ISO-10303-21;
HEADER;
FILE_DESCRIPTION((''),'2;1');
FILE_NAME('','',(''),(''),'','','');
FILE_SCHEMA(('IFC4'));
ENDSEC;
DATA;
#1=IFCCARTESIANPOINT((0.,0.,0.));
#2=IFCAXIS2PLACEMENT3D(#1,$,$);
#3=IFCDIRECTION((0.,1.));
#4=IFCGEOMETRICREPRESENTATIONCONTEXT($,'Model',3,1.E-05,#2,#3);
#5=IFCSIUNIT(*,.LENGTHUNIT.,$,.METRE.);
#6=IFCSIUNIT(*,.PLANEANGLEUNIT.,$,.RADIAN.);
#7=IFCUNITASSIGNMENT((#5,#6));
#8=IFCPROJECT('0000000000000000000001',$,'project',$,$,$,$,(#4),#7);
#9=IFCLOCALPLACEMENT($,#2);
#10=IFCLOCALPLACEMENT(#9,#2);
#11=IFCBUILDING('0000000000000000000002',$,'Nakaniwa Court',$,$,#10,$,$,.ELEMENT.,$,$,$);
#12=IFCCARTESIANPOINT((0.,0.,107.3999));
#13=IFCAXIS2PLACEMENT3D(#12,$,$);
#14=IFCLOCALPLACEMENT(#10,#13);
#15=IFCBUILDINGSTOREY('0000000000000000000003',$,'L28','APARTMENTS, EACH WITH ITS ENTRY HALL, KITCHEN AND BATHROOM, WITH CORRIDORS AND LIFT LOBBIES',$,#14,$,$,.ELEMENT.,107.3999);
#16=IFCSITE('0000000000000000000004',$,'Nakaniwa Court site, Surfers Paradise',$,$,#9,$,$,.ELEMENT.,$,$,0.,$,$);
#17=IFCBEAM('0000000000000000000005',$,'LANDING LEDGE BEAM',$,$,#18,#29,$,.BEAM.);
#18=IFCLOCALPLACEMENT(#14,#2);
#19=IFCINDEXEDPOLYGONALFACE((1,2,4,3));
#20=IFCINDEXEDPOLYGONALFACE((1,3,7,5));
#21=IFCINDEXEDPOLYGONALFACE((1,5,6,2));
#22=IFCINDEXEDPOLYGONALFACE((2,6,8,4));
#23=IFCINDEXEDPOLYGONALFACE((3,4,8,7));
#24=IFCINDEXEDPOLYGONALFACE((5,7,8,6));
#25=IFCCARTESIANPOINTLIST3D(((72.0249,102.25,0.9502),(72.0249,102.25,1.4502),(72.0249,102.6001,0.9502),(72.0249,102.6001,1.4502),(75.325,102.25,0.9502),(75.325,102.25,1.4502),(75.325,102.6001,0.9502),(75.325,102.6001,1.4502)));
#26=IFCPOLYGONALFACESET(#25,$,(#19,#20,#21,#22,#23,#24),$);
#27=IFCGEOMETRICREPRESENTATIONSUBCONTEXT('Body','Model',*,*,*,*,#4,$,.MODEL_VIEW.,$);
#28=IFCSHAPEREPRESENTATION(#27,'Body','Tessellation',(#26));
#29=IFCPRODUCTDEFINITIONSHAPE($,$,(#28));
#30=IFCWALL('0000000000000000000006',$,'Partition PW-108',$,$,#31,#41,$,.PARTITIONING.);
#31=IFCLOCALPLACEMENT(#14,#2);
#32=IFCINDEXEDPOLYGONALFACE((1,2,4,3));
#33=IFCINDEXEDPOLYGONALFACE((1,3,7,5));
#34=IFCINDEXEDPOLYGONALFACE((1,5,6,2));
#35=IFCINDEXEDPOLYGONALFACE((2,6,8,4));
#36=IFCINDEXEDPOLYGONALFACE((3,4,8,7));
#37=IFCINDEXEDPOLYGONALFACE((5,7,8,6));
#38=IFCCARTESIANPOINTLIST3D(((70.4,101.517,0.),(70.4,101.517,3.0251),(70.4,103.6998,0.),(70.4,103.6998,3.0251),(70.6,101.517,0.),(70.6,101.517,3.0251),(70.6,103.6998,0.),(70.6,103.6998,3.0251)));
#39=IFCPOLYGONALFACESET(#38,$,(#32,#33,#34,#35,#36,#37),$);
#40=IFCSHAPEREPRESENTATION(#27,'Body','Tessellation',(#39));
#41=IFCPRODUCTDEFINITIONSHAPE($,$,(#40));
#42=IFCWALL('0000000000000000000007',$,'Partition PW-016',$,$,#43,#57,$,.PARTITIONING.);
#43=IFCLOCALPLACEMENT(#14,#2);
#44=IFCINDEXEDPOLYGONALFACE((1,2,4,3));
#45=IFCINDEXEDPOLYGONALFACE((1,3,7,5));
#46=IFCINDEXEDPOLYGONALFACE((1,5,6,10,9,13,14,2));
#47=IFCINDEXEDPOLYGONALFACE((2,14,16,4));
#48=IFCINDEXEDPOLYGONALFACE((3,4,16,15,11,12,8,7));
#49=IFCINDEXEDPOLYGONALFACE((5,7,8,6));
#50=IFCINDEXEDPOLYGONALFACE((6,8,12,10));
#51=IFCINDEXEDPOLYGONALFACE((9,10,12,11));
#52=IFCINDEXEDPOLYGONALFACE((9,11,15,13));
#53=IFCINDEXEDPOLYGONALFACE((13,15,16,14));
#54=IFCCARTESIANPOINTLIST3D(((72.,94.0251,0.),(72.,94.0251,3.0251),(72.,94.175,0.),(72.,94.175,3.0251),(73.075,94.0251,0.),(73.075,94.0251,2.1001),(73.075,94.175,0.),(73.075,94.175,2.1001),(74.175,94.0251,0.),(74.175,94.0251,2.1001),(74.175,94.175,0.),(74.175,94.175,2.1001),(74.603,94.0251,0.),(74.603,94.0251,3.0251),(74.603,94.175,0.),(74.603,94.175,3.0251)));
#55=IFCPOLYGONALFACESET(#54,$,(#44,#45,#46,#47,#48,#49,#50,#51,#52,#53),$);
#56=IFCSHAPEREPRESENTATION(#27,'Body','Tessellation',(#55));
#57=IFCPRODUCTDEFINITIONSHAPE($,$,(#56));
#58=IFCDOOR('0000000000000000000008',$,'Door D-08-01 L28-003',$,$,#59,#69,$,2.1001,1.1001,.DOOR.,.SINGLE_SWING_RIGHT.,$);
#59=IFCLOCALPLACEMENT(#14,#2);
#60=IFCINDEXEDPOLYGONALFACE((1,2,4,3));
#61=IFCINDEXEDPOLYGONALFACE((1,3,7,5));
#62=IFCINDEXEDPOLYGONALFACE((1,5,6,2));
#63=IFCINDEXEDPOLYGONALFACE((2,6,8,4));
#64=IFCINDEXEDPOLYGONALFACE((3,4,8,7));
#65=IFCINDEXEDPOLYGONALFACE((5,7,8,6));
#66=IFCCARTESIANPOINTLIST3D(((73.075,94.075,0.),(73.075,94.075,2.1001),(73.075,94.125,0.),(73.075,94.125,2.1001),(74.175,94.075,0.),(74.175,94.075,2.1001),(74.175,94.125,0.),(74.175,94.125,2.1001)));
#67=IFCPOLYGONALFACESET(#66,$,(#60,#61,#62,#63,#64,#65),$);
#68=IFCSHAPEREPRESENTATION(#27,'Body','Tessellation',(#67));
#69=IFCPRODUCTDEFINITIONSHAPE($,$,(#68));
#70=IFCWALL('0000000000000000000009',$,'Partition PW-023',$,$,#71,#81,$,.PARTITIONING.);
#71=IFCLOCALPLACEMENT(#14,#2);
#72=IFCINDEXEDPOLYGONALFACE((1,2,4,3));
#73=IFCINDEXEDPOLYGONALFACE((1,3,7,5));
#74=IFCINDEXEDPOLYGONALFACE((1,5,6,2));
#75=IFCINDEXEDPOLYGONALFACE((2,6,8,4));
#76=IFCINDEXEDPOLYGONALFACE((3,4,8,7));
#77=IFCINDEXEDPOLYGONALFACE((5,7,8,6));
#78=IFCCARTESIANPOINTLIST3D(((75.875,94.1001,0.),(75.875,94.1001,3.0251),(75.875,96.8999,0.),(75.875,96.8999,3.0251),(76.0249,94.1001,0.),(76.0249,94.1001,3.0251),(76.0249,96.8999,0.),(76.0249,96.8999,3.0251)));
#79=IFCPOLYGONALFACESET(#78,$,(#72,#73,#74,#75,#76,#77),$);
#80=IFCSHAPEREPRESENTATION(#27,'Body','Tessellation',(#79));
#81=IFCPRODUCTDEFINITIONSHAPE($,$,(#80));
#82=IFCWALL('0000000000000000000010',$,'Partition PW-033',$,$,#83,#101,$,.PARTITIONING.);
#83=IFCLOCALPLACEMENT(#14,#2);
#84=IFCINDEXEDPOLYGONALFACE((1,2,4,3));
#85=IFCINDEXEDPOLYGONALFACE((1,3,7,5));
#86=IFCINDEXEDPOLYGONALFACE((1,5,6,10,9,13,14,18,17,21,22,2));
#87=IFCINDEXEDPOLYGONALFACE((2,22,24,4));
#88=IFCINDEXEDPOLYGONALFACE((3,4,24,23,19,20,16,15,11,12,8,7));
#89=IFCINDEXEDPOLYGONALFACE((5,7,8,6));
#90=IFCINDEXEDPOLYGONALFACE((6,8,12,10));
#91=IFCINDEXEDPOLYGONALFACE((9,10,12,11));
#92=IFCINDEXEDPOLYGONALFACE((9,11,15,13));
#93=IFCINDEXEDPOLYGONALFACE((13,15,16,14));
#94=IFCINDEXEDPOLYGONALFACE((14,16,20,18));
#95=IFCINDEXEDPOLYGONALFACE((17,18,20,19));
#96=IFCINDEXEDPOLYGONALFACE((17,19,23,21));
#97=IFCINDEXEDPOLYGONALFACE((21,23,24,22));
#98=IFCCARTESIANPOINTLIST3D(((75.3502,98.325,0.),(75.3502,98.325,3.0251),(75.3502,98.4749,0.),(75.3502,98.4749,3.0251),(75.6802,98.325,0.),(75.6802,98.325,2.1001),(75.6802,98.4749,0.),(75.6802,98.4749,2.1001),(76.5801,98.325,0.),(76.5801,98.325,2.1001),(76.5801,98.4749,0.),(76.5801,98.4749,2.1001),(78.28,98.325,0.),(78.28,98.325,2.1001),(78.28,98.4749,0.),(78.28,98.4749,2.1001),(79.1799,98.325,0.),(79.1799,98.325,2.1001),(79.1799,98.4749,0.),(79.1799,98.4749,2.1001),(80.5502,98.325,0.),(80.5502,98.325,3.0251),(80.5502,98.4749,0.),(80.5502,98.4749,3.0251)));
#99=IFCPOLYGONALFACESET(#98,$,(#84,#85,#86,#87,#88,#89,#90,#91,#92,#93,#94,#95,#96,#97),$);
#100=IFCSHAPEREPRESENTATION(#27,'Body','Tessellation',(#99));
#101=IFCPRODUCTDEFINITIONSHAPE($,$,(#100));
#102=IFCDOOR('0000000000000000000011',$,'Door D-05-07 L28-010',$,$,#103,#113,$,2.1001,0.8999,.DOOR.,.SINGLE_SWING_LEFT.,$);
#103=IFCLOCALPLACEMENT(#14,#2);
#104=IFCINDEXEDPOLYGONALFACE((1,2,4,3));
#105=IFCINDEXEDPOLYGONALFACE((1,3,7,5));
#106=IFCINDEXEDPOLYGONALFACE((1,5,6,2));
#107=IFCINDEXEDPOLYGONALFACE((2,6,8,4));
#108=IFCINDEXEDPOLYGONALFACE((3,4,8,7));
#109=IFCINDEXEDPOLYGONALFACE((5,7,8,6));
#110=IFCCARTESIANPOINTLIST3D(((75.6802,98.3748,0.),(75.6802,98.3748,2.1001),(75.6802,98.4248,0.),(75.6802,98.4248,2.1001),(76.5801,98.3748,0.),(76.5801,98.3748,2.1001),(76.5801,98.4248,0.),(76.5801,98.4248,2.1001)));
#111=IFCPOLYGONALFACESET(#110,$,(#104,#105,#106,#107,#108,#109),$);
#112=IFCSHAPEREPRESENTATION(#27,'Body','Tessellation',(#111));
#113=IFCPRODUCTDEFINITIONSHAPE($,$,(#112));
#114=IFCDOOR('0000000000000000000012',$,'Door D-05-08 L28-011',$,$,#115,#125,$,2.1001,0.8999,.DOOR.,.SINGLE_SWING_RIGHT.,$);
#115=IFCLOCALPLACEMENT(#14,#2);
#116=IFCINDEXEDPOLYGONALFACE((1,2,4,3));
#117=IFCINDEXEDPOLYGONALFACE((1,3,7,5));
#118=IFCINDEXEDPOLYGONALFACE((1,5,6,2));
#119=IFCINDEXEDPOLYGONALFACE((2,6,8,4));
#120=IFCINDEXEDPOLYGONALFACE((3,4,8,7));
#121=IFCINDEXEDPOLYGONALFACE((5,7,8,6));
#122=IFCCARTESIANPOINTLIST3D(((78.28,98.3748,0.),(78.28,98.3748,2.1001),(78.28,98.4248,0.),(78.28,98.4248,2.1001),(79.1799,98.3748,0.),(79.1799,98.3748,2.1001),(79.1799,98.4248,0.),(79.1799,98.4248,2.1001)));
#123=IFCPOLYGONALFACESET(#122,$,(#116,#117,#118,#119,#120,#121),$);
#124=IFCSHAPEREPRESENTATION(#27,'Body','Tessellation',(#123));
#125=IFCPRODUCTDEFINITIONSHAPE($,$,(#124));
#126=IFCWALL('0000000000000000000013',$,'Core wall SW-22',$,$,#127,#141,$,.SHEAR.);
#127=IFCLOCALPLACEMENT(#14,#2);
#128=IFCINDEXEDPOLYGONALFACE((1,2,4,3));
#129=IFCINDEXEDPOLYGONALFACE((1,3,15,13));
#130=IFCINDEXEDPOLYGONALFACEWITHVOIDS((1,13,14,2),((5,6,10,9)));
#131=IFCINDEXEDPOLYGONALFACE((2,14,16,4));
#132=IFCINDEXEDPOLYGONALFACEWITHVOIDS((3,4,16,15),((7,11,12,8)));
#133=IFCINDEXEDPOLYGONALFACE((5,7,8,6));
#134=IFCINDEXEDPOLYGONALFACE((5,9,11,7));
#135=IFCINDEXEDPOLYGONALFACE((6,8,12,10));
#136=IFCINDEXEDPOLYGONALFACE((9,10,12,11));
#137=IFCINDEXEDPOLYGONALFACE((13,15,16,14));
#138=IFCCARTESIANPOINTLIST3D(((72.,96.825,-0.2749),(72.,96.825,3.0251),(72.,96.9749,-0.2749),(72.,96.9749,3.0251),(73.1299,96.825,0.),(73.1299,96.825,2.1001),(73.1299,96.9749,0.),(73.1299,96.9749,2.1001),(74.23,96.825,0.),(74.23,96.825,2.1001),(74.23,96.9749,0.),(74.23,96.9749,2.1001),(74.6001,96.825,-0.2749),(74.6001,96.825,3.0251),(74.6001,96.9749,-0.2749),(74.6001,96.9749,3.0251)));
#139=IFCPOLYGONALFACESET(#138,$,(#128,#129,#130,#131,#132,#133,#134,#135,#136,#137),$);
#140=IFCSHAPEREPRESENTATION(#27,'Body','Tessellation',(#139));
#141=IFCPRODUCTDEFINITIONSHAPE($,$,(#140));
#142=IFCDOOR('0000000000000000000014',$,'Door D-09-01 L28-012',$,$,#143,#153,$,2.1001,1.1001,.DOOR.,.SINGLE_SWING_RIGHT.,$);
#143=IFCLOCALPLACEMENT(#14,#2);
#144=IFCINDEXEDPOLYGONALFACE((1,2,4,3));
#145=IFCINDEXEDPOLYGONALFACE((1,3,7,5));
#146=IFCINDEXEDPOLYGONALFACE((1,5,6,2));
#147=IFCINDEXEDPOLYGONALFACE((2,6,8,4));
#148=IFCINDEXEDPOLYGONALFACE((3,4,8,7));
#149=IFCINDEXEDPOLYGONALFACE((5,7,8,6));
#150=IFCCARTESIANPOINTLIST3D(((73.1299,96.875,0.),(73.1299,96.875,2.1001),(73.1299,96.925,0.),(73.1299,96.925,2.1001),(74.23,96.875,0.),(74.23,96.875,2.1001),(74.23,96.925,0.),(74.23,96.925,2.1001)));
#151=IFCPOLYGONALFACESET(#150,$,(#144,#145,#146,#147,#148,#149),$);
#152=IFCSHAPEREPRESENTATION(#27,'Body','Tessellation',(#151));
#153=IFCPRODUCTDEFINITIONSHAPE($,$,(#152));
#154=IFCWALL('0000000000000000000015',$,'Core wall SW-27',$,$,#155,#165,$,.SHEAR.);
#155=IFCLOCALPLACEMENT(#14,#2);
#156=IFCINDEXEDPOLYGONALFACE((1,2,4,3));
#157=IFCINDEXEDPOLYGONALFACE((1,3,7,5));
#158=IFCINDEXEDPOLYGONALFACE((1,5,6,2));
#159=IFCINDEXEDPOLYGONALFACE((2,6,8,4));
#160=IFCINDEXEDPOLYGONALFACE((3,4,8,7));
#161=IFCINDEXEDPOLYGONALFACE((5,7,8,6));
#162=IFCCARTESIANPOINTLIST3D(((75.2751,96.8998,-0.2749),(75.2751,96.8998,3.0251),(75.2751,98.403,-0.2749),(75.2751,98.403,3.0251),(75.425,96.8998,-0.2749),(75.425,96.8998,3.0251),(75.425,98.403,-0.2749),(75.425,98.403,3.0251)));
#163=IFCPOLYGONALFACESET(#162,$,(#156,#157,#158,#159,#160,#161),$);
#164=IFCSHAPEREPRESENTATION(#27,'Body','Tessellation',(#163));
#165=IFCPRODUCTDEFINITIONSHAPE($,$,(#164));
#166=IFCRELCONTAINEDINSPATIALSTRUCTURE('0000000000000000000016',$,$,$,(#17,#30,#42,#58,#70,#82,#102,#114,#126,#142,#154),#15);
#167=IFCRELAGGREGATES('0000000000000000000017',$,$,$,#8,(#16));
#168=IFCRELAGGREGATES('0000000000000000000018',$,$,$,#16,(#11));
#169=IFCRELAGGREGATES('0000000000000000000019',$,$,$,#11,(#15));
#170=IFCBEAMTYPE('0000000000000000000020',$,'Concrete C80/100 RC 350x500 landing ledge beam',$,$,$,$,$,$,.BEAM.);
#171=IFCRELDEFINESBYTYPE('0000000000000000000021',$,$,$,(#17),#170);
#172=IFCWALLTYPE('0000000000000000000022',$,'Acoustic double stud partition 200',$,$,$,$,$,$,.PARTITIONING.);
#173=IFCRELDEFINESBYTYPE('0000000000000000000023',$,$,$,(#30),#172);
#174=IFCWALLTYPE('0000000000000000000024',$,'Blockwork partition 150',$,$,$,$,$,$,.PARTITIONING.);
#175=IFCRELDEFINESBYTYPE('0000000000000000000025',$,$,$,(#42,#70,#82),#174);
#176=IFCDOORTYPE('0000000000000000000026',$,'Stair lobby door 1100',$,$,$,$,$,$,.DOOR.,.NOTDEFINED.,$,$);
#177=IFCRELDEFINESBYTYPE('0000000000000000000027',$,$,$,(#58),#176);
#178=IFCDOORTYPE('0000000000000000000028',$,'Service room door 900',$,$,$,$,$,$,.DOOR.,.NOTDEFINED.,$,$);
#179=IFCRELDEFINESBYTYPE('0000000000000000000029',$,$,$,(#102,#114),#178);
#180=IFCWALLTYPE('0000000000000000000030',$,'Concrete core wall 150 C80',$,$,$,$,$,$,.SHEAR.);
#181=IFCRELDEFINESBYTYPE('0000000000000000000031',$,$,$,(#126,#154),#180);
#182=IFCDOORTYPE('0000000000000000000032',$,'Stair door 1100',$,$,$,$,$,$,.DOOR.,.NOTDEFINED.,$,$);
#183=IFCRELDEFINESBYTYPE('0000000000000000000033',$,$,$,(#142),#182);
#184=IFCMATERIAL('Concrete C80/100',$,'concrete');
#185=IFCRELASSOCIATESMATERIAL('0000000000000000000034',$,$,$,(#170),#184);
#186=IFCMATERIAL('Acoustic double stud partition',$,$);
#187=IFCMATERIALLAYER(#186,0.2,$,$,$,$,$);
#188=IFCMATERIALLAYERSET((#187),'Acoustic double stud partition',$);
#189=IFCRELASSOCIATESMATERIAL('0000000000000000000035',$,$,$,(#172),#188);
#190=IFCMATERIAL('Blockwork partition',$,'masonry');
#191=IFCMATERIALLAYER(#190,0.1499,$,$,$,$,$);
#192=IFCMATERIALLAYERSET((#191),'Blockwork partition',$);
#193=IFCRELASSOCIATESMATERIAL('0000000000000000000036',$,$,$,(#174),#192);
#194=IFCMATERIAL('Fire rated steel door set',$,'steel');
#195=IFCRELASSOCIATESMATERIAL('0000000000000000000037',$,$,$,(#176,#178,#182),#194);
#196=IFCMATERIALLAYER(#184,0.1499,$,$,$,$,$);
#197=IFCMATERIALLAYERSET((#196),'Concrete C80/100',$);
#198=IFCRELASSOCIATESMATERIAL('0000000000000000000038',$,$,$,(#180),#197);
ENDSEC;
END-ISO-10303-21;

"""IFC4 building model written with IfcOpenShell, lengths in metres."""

from ifc_helpers import new_model, si_unit, direction, frame, frame_2d, origin, origin_2d, place, context, subcontext, project, spatial, rectangle, extrude, material, layer, layer_set, material_profile, profile_set, type_object, element, fill, save


model = new_model("IFC4")

# Units and contexts
model_context = context("Model", 3, precision=1e-05, world=origin(), true_north=direction((0.0, 1.0)))
body_context = subcontext(model_context, "Body", "Model", "MODEL_VIEW")
ifc_project = project(units=[si_unit("LENGTHUNIT", "METRE"), si_unit("PLANEANGLEUNIT", "RADIAN")], contexts=[model_context])

# Site, building, storey
site_placement = place(None, origin())
site = spatial("IfcSite", under=ifc_project, at=site_placement, Name="Nakaniwa Court site, Surfers Paradise", CompositionType="ELEMENT", RefElevation=0.0)
building_placement = place(site_placement, origin())
building = spatial("IfcBuilding", under=site, at=building_placement, Name="Nakaniwa Court", CompositionType="ELEMENT")
storey_placement = place(building_placement, frame((0.0, 0.0, 107.3999)))
storey = spatial("IfcBuildingStorey", under=building, at=storey_placement, Name="L28", Description="APARTMENTS, EACH WITH ITS ENTRY HALL, KITCHEN AND BATHROOM, WITH CORRIDORS AND LIFT LOBBIES", CompositionType="ELEMENT", Elevation=107.3999)

# Beam
ifc_material_1 = material(Name="Concrete C80/100", Category="concrete")
ifc_material_profile = material_profile(ifc_material_1, rectangle(XDim=0.3501, YDim=0.5, at=origin_2d()), Name="Concrete C80/100 RC 350x500 landing ledge beam")
ifc_profile_set = profile_set([ifc_material_profile], Name="Concrete C80/100")
beam_type = type_object("IfcBeamType", Name="Concrete C80/100 RC 350x500 landing ledge beam", PredefinedType="BEAM", material=ifc_profile_set)
beam_placement = place(storey_placement, frame((72.0249, 102.425, 1.2002), z_axis=(1.0, 0.0, 0.0), x_axis=(0.0, 1.0, 0.0)))
element("IfcBeam", 1, at=beam_placement, inside=storey, type_object=beam_type, Name="LANDING LEDGE BEAM", PredefinedType="BEAM", context=body_context, shape_type="SweptSolid", body=[
    extrude(rectangle(XDim=0.3501, YDim=0.5, at=origin_2d()), origin(), (0.0, 0.0, 1.0), 3.3),
])

# Wall
ifc_material_2 = material(Name="Acoustic double stud partition")
ifc_layer_1 = layer(ifc_material_2, 0.2)
ifc_layer_set_1 = layer_set([ifc_layer_1], Name="Acoustic double stud partition")
wall_type_1 = type_object("IfcWallType", Name="Acoustic double stud partition 200", PredefinedType="PARTITIONING", material=ifc_layer_set_1)
wall_1_placement = place(storey_placement, frame((70.5, 101.5171, 0.0), z_axis=(0.0, 0.0, 1.0), x_axis=(0.0, 1.0, 0.0)))
element("IfcWall", 2, at=wall_1_placement, inside=storey, type_object=wall_type_1, Name="Partition PW-108", PredefinedType="PARTITIONING", context=body_context, shape_type="SweptSolid", body=[
    extrude(rectangle(XDim=2.1829, YDim=0.2, at=frame_2d((1.0913, 0.0))), origin(), (0.0, 0.0, 1.0), 3.0251),
])

# Wall, opening, door
ifc_material_3 = material(Name="Blockwork partition", Category="masonry")
ifc_layer_2 = layer(ifc_material_3, 0.1499)
ifc_layer_set_2 = layer_set([ifc_layer_2], Name="Blockwork partition")
wall_type_2 = type_object("IfcWallType", Name="Blockwork partition 150", PredefinedType="PARTITIONING", material=ifc_layer_set_2)
wall_2_placement = place(storey_placement, frame((72.0, 94.1001, 0.0), z_axis=(0.0, 0.0, 1.0), x_axis=(1.0, 0.0, 0.0)))
wall_2 = element("IfcWall", 3, at=wall_2_placement, inside=storey, type_object=wall_type_2, Name="Partition PW-016", PredefinedType="PARTITIONING", context=body_context, shape_type="SweptSolid", body=[
    extrude(rectangle(XDim=2.603, YDim=0.1499, at=frame_2d((1.3015, 0.0))), origin(), (0.0, 0.0, 1.0), 3.0251),
])
opening_1_placement = place(wall_2_placement, frame((1.075, 0.0, 0.0)))
opening_1 = element("IfcOpeningElement", 4, at=opening_1_placement, cuts=wall_2, PredefinedType="OPENING", context=body_context, shape_type="SweptSolid", body=[
    extrude(rectangle(XDim=1.1001, YDim=2.1001, at=frame_2d((0.55, 1.05))), frame((0.0, 0.085, 0.0), z_axis=(0.0, -1.0, 0.0), x_axis=(1.0, 0.0, 0.0)), (0.0, 0.0, 1.0), 0.1699),
])
ifc_material_4 = material(Name="Fire rated steel door set", Category="steel")
door_type_1 = type_object("IfcDoorType", Name="Stair lobby door 1100", OperationType="NOTDEFINED", PredefinedType="DOOR", material=ifc_material_4)
door_1_placement = place(opening_1_placement, origin())
door_1 = element("IfcDoor", 5, at=door_1_placement, inside=storey, type_object=door_type_1, Name="Door D-08-01 L28-003", OperationType="SINGLE_SWING_RIGHT", OverallHeight=2.1001, OverallWidth=1.1001, PredefinedType="DOOR", context=body_context, shape_type="SweptSolid", body=[
    extrude(rectangle(XDim=1.1001, YDim=2.1001, at=frame_2d((0.55, 1.05))), frame((0.0, 0.0249, 0.0), z_axis=(0.0, -1.0, 0.0), x_axis=(1.0, 0.0, 0.0)), (0.0, 0.0, 1.0), 0.05),
])
fill(opening_1, door_1)

# Wall
wall_3_placement = place(storey_placement, frame((75.95, 94.1001, 0.0), z_axis=(0.0, 0.0, 1.0), x_axis=(0.0, 1.0, 0.0)))
element("IfcWall", 6, at=wall_3_placement, inside=storey, type_object=wall_type_2, Name="Partition PW-023", PredefinedType="PARTITIONING", context=body_context, shape_type="SweptSolid", body=[
    extrude(rectangle(XDim=2.7998, YDim=0.1499, at=frame_2d((1.3999, 0.0))), origin(), (0.0, 0.0, 1.0), 3.0251),
])

# Wall, openings, doors
wall_4_placement = place(storey_placement, frame((75.3501, 98.3999, 0.0), z_axis=(0.0, 0.0, 1.0), x_axis=(1.0, 0.0, 0.0)))
wall_4 = element("IfcWall", 7, at=wall_4_placement, inside=storey, type_object=wall_type_2, Name="Partition PW-033", PredefinedType="PARTITIONING", context=body_context, shape_type="SweptSolid", body=[
    extrude(rectangle(XDim=5.2, YDim=0.1499, at=frame_2d((2.6001, 0.0))), origin(), (0.0, 0.0, 1.0), 3.0251),
])
opening_2_placement = place(wall_4_placement, frame((0.3301, 0.0, 0.0)))
opening_2 = element("IfcOpeningElement", 8, at=opening_2_placement, cuts=wall_4, PredefinedType="OPENING", context=body_context, shape_type="SweptSolid", body=[
    extrude(rectangle(XDim=0.8999, YDim=2.1001, at=frame_2d((0.45, 1.05))), frame((0.0, 0.085, 0.0), z_axis=(0.0, -1.0, 0.0), x_axis=(1.0, 0.0, 0.0)), (0.0, 0.0, 1.0), 0.1699),
])
opening_3_placement = place(wall_4_placement, frame((2.9299, 0.0, 0.0)))
opening_3 = element("IfcOpeningElement", 9, at=opening_3_placement, cuts=wall_4, PredefinedType="OPENING", context=body_context, shape_type="SweptSolid", body=[
    extrude(rectangle(XDim=0.8999, YDim=2.1001, at=frame_2d((0.45, 1.05))), frame((0.0, 0.085, 0.0), z_axis=(0.0, -1.0, 0.0), x_axis=(1.0, 0.0, 0.0)), (0.0, 0.0, 1.0), 0.1699),
])
door_type_2 = type_object("IfcDoorType", Name="Service room door 900", OperationType="NOTDEFINED", PredefinedType="DOOR", material=ifc_material_4)
door_2_placement = place(opening_2_placement, origin())
door_2 = element("IfcDoor", 10, at=door_2_placement, inside=storey, type_object=door_type_2, Name="Door D-05-07 L28-010", OperationType="SINGLE_SWING_LEFT", OverallHeight=2.1001, OverallWidth=0.8999, PredefinedType="DOOR", context=body_context, shape_type="SweptSolid", body=[
    extrude(rectangle(XDim=0.8999, YDim=2.1001, at=frame_2d((0.45, 1.05))), frame((0.0, 0.0249, 0.0), z_axis=(0.0, -1.0, 0.0), x_axis=(1.0, 0.0, 0.0)), (0.0, 0.0, 1.0), 0.05),
])
fill(opening_2, door_2)
door_3_placement = place(opening_3_placement, origin())
door_3 = element("IfcDoor", 11, at=door_3_placement, inside=storey, type_object=door_type_2, Name="Door D-05-08 L28-011", OperationType="SINGLE_SWING_RIGHT", OverallHeight=2.1001, OverallWidth=0.8999, PredefinedType="DOOR", context=body_context, shape_type="SweptSolid", body=[
    extrude(rectangle(XDim=0.8999, YDim=2.1001, at=frame_2d((0.45, 1.05))), frame((0.0, 0.0249, 0.0), z_axis=(0.0, -1.0, 0.0), x_axis=(1.0, 0.0, 0.0)), (0.0, 0.0, 1.0), 0.05),
])
fill(opening_3, door_3)

# Wall, opening, door
ifc_layer_3 = layer(ifc_material_1, 0.1499)
ifc_layer_set_3 = layer_set([ifc_layer_3], Name="Concrete C80/100")
wall_type_3 = type_object("IfcWallType", Name="Concrete core wall 150 C80", PredefinedType="SHEAR", material=ifc_layer_set_3)
wall_5_placement = place(storey_placement, frame((74.6001, 96.8999, -0.2749), z_axis=(0.0, 0.0, 1.0), x_axis=(-1.0, 0.0, 0.0)))
wall_5 = element("IfcWall", 12, at=wall_5_placement, inside=storey, type_object=wall_type_3, Name="Core wall SW-22", PredefinedType="SHEAR", context=body_context, shape_type="SweptSolid", body=[
    extrude(rectangle(XDim=2.6001, YDim=0.1499, at=frame_2d((1.3, 0.0))), origin(), (0.0, 0.0, 1.0), 3.3),
])
opening_4_placement = place(wall_5_placement, frame((0.3701, 0.0, 0.2749)))
opening_4 = element("IfcOpeningElement", 13, at=opening_4_placement, cuts=wall_5, PredefinedType="OPENING", context=body_context, shape_type="SweptSolid", body=[
    extrude(rectangle(XDim=1.1001, YDim=2.1001, at=frame_2d((0.55, 1.05))), frame((0.0, 0.085, 0.0), z_axis=(0.0, -1.0, 0.0), x_axis=(1.0, 0.0, 0.0)), (0.0, 0.0, 1.0), 0.1699),
])
door_type_3 = type_object("IfcDoorType", Name="Stair door 1100", OperationType="NOTDEFINED", PredefinedType="DOOR", material=ifc_material_4)
door_4_placement = place(opening_4_placement, origin())
door_4 = element("IfcDoor", 14, at=door_4_placement, inside=storey, type_object=door_type_3, Name="Door D-09-01 L28-012", OperationType="SINGLE_SWING_RIGHT", OverallHeight=2.1001, OverallWidth=1.1001, PredefinedType="DOOR", context=body_context, shape_type="SweptSolid", body=[
    extrude(rectangle(XDim=1.1001, YDim=2.1001, at=frame_2d((0.55, 1.05))), frame((0.0, 0.0249, 0.0), z_axis=(0.0, -1.0, 0.0), x_axis=(1.0, 0.0, 0.0)), (0.0, 0.0, 1.0), 0.05),
])
fill(opening_4, door_4)

# Wall
wall_6_placement = place(storey_placement, frame((75.3501, 96.8999, -0.2749), z_axis=(0.0, 0.0, 1.0), x_axis=(0.0, 1.0, 0.0)))
element("IfcWall", 15, at=wall_6_placement, inside=storey, type_object=wall_type_3, Name="Core wall SW-27", PredefinedType="SHEAR", context=body_context, shape_type="SweptSolid", body=[
    extrude(rectangle(XDim=1.5032, YDim=0.1499, at=frame_2d((0.7515, 0.0))), origin(), (0.0, 0.0, 1.0), 3.3),
])

save(model, "model.ifc")
